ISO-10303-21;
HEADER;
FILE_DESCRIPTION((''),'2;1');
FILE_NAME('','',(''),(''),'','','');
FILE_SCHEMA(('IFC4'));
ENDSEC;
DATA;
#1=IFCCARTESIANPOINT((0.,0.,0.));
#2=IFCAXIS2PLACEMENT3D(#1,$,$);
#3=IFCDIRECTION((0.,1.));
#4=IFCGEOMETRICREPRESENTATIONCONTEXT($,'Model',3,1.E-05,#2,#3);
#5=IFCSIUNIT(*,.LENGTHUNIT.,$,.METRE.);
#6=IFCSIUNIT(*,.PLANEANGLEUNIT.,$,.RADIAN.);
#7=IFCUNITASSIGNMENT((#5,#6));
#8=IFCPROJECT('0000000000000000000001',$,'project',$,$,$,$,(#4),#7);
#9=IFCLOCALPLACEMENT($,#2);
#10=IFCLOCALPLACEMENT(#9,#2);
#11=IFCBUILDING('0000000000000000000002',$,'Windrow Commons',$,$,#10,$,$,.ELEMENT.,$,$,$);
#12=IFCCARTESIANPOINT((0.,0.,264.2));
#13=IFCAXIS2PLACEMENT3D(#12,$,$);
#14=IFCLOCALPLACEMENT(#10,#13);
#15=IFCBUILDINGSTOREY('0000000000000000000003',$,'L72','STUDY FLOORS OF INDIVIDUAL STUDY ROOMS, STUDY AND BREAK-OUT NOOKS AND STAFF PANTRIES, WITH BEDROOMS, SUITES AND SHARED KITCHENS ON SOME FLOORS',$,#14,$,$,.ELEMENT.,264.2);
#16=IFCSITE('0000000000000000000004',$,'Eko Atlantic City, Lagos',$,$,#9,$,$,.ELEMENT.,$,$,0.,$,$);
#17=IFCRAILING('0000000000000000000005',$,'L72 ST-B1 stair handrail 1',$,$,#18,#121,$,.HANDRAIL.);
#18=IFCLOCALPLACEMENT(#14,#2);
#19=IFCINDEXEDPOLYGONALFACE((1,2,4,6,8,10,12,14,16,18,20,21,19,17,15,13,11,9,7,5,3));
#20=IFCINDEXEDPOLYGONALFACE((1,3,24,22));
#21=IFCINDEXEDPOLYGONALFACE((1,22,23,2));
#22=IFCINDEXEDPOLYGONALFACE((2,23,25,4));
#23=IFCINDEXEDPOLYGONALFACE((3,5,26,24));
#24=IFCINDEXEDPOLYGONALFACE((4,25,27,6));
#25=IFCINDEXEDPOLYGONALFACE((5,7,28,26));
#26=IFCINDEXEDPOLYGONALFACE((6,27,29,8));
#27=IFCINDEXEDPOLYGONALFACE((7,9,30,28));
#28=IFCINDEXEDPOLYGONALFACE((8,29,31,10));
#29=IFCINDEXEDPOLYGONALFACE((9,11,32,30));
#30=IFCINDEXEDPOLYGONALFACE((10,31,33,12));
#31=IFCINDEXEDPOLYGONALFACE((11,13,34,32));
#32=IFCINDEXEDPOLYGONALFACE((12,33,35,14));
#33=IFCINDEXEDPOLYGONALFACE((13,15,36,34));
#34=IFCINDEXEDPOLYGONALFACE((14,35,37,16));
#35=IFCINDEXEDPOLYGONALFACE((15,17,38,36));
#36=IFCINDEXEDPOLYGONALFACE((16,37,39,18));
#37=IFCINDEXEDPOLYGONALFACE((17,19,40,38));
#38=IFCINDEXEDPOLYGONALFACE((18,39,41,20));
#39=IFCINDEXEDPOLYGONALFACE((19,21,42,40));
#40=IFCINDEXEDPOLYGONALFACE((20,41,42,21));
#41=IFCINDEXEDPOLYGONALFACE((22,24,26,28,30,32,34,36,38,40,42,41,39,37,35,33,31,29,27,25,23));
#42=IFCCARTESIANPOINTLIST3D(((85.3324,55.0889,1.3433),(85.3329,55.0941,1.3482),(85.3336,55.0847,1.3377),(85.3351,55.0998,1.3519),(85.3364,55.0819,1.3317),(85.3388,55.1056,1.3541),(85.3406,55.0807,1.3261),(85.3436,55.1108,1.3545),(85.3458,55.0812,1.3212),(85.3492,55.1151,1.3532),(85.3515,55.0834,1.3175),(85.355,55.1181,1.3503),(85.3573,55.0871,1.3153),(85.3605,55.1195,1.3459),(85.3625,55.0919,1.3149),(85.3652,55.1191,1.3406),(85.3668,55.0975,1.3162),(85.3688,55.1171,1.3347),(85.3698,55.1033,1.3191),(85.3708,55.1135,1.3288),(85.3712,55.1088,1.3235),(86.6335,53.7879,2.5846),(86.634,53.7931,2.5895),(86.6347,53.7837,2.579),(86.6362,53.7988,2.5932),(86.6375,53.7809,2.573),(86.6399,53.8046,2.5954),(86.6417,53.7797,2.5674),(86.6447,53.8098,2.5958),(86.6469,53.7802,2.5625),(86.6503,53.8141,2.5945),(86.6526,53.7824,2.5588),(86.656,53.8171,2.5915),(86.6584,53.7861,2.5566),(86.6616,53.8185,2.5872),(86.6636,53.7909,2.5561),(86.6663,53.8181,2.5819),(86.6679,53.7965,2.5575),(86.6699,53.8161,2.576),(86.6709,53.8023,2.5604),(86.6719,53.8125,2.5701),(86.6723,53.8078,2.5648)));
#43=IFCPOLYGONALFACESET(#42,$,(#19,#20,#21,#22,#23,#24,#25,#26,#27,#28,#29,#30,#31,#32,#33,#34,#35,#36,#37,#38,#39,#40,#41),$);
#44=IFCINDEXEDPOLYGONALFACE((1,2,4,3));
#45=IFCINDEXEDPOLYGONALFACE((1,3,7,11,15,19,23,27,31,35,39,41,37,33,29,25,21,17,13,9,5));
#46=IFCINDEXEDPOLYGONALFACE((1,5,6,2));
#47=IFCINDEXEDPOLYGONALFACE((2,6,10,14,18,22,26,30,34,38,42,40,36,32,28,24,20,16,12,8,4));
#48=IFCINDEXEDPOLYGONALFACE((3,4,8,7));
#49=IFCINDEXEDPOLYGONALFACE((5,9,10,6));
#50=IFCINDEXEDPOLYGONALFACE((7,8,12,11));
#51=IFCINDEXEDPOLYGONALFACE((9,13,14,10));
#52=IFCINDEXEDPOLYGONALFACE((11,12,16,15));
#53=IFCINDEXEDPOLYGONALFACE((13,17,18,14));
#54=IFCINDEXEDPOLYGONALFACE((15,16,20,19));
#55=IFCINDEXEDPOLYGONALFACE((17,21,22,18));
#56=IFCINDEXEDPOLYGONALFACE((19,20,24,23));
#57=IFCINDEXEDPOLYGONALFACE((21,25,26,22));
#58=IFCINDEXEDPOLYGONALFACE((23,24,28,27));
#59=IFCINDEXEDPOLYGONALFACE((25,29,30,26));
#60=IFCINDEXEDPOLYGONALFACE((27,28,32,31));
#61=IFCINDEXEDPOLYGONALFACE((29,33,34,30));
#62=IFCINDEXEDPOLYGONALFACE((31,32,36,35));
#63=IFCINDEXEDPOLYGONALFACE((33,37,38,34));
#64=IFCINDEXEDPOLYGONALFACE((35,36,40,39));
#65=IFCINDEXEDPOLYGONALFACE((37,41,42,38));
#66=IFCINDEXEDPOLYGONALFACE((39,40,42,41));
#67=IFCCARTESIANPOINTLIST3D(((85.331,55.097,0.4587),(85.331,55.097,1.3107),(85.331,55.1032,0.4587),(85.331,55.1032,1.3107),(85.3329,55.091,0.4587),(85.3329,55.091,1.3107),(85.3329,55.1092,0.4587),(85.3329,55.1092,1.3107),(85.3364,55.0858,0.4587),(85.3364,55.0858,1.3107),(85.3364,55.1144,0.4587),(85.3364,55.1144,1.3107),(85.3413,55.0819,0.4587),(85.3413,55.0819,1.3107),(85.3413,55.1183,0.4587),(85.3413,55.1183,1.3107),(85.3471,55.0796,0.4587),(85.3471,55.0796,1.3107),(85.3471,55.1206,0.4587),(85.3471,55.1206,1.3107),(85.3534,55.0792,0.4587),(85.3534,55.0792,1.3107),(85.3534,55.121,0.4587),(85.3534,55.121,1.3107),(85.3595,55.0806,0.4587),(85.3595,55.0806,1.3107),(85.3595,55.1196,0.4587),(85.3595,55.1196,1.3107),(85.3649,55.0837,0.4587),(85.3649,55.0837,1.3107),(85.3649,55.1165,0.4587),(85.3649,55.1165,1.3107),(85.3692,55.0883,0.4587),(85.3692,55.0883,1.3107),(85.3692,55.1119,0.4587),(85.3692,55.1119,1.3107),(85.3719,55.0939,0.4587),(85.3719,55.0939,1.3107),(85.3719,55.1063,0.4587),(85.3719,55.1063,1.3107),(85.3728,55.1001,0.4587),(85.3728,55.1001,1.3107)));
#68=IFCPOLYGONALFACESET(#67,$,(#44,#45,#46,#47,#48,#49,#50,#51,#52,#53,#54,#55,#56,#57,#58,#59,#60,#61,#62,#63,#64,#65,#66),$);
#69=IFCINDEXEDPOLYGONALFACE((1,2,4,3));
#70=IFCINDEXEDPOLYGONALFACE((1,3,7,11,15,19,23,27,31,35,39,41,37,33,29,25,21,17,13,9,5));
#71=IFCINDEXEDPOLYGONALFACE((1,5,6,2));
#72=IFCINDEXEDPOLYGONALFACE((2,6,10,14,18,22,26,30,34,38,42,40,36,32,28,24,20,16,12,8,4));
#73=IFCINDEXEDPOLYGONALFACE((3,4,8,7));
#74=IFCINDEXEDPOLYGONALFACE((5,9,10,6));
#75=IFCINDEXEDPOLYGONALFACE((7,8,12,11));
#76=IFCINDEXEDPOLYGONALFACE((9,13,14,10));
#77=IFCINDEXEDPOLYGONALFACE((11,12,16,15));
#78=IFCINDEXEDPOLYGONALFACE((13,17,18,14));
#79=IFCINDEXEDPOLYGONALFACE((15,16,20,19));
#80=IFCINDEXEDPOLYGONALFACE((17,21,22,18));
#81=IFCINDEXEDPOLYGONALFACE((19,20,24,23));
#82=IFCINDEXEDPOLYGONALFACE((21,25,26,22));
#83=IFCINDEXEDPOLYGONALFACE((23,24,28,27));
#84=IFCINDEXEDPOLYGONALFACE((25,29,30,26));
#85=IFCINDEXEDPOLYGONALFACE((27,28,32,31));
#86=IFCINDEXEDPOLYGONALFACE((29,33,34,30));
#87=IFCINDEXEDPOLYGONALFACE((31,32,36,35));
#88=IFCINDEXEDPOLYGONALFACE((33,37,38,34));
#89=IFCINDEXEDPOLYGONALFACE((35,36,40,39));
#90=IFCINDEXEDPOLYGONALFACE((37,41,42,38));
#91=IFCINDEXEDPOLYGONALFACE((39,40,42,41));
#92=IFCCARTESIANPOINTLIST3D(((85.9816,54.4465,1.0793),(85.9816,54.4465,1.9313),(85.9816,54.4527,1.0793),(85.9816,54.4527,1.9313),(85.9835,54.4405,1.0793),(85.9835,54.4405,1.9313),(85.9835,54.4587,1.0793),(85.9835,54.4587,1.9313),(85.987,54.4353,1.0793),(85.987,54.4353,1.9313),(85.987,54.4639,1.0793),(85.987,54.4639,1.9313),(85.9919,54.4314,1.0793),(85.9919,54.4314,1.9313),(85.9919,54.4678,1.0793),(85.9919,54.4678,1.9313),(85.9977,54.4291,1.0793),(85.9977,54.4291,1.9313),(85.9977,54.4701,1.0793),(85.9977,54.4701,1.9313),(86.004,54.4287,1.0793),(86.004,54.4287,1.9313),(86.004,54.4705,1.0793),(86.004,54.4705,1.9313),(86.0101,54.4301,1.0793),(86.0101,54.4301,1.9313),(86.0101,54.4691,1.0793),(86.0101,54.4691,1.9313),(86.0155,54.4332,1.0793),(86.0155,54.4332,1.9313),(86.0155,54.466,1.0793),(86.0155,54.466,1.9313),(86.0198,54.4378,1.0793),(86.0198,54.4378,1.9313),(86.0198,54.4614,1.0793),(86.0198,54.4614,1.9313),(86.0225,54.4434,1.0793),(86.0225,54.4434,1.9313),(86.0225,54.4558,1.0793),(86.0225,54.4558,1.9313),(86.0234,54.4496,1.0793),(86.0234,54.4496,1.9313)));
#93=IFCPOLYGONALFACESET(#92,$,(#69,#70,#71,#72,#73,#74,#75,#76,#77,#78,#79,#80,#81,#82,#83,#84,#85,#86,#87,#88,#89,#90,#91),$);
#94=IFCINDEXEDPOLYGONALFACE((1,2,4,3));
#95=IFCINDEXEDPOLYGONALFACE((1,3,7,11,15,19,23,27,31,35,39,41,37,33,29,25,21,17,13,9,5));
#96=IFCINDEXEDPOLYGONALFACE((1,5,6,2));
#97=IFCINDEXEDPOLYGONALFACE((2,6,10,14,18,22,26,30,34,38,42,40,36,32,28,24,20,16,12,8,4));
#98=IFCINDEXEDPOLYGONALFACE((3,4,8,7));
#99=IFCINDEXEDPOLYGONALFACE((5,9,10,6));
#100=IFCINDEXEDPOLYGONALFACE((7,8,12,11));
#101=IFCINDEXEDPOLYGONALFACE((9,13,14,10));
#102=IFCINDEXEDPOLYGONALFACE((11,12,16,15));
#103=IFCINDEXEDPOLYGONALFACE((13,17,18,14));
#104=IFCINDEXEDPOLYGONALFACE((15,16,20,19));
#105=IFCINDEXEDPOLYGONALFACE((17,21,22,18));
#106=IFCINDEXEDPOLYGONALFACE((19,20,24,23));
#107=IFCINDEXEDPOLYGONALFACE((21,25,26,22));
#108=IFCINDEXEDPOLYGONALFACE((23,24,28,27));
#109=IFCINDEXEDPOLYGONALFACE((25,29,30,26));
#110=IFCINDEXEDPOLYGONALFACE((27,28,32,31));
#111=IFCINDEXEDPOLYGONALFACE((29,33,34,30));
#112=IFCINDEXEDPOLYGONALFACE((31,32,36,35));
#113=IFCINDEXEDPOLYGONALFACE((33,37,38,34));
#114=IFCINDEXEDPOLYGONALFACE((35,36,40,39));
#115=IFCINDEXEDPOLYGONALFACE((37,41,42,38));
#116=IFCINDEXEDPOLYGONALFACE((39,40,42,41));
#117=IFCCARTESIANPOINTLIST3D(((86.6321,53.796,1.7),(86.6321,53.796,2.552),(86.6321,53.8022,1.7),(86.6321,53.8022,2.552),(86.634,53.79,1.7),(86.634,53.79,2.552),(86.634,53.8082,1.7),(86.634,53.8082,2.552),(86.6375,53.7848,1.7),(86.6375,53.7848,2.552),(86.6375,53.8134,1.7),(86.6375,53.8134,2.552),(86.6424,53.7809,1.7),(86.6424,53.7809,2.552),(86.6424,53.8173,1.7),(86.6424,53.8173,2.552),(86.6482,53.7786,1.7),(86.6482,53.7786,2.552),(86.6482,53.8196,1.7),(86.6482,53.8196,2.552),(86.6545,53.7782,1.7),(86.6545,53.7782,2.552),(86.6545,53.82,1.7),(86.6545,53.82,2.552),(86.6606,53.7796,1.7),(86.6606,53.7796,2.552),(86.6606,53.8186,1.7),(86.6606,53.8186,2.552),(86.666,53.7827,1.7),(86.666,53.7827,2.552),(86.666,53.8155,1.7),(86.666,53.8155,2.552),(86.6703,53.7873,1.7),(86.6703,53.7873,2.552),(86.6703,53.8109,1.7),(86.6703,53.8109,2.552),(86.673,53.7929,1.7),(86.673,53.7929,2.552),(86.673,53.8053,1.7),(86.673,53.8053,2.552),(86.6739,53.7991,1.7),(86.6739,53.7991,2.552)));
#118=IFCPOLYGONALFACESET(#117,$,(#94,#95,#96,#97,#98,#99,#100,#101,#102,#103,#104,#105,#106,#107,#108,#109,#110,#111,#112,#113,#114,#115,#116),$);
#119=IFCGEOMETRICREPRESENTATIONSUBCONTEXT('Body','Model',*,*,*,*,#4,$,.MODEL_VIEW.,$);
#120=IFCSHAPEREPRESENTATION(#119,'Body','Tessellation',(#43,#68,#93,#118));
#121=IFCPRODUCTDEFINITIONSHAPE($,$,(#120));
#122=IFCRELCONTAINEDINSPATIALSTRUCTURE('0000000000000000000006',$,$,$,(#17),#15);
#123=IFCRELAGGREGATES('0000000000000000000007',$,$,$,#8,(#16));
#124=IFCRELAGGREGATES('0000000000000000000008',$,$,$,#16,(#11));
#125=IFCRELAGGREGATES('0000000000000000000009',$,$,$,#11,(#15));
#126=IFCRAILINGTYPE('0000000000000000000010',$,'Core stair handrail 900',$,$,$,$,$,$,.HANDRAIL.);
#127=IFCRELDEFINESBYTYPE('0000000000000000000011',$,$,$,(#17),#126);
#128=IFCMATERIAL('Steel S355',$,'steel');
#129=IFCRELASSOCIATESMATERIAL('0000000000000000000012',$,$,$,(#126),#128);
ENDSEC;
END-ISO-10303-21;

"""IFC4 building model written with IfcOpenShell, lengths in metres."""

from ifc_helpers import new_model, si_unit, direction, frame, origin, origin_2d, place, context, subcontext, project, spatial, circle, extrude, material, type_object, element, save


model = new_model("IFC4")

# Units and contexts
model_context = context("Model", 3, precision=1e-05, world=origin(), true_north=direction((0.0, 1.0)))
body_context = subcontext(model_context, "Body", "Model", "MODEL_VIEW")
ifc_project = project(units=[si_unit("LENGTHUNIT", "METRE"), si_unit("PLANEANGLEUNIT", "RADIAN")], contexts=[model_context])

# Site, building, storey
site_placement = place(None, origin())
site = spatial("IfcSite", under=ifc_project, at=site_placement, Name="Eko Atlantic City, Lagos", CompositionType="ELEMENT", RefElevation=0.0)
building_placement = place(site_placement, origin())
building = spatial("IfcBuilding", under=site, at=building_placement, Name="Windrow Commons", CompositionType="ELEMENT")
storey_placement = place(building_placement, frame((0.0, 0.0, 264.2)))
storey = spatial("IfcBuildingStorey", under=building, at=storey_placement, Name="L72", Description="STUDY FLOORS OF INDIVIDUAL STUDY ROOMS, STUDY AND BREAK-OUT NOOKS AND STAFF PANTRIES, WITH BEDROOMS, SUITES AND SHARED KITCHENS ON SOME FLOORS", CompositionType="ELEMENT", Elevation=264.2)

# Railing
ifc_material_1 = material(Name="Steel S355", Category="steel")
railing_type_1 = type_object("IfcRailingType", Name="Core stair handrail 900", PredefinedType="HANDRAIL", material=ifc_material_1)
railing_1_placement = place(storey_placement, frame((85.3518, 55.1001, 0.4587)))
element("IfcRailing", 1, at=railing_1_placement, inside=storey, type_object=railing_type_1, Name="L72 ST-B1 stair handrail 1", PredefinedType="HANDRAIL", context=body_context, shape_type="SweptSolid", body=[
    extrude(circle(Radius=0.024, at=origin_2d()), frame((0.0, 0.0, 0.876), z_axis=(0.586207, -0.586162, 0.559264), x_axis=(0.70708, 0.707134, 0.0)), (0.0, 0.0, 1.0), 2.2195),
    extrude(circle(Radius=0.021, at=origin_2d()), origin(), (0.0, 0.0, 1.0), 0.852),
    extrude(circle(Radius=0.021, at=origin_2d()), frame((0.6506, -0.6505, 0.6206)), (0.0, 0.0, 1.0), 0.852),
    extrude(circle(Radius=0.021, at=origin_2d()), frame((1.3011, -1.301, 1.2413)), (0.0, 0.0, 1.0), 0.852),
])

save(model, "model.ifc")
